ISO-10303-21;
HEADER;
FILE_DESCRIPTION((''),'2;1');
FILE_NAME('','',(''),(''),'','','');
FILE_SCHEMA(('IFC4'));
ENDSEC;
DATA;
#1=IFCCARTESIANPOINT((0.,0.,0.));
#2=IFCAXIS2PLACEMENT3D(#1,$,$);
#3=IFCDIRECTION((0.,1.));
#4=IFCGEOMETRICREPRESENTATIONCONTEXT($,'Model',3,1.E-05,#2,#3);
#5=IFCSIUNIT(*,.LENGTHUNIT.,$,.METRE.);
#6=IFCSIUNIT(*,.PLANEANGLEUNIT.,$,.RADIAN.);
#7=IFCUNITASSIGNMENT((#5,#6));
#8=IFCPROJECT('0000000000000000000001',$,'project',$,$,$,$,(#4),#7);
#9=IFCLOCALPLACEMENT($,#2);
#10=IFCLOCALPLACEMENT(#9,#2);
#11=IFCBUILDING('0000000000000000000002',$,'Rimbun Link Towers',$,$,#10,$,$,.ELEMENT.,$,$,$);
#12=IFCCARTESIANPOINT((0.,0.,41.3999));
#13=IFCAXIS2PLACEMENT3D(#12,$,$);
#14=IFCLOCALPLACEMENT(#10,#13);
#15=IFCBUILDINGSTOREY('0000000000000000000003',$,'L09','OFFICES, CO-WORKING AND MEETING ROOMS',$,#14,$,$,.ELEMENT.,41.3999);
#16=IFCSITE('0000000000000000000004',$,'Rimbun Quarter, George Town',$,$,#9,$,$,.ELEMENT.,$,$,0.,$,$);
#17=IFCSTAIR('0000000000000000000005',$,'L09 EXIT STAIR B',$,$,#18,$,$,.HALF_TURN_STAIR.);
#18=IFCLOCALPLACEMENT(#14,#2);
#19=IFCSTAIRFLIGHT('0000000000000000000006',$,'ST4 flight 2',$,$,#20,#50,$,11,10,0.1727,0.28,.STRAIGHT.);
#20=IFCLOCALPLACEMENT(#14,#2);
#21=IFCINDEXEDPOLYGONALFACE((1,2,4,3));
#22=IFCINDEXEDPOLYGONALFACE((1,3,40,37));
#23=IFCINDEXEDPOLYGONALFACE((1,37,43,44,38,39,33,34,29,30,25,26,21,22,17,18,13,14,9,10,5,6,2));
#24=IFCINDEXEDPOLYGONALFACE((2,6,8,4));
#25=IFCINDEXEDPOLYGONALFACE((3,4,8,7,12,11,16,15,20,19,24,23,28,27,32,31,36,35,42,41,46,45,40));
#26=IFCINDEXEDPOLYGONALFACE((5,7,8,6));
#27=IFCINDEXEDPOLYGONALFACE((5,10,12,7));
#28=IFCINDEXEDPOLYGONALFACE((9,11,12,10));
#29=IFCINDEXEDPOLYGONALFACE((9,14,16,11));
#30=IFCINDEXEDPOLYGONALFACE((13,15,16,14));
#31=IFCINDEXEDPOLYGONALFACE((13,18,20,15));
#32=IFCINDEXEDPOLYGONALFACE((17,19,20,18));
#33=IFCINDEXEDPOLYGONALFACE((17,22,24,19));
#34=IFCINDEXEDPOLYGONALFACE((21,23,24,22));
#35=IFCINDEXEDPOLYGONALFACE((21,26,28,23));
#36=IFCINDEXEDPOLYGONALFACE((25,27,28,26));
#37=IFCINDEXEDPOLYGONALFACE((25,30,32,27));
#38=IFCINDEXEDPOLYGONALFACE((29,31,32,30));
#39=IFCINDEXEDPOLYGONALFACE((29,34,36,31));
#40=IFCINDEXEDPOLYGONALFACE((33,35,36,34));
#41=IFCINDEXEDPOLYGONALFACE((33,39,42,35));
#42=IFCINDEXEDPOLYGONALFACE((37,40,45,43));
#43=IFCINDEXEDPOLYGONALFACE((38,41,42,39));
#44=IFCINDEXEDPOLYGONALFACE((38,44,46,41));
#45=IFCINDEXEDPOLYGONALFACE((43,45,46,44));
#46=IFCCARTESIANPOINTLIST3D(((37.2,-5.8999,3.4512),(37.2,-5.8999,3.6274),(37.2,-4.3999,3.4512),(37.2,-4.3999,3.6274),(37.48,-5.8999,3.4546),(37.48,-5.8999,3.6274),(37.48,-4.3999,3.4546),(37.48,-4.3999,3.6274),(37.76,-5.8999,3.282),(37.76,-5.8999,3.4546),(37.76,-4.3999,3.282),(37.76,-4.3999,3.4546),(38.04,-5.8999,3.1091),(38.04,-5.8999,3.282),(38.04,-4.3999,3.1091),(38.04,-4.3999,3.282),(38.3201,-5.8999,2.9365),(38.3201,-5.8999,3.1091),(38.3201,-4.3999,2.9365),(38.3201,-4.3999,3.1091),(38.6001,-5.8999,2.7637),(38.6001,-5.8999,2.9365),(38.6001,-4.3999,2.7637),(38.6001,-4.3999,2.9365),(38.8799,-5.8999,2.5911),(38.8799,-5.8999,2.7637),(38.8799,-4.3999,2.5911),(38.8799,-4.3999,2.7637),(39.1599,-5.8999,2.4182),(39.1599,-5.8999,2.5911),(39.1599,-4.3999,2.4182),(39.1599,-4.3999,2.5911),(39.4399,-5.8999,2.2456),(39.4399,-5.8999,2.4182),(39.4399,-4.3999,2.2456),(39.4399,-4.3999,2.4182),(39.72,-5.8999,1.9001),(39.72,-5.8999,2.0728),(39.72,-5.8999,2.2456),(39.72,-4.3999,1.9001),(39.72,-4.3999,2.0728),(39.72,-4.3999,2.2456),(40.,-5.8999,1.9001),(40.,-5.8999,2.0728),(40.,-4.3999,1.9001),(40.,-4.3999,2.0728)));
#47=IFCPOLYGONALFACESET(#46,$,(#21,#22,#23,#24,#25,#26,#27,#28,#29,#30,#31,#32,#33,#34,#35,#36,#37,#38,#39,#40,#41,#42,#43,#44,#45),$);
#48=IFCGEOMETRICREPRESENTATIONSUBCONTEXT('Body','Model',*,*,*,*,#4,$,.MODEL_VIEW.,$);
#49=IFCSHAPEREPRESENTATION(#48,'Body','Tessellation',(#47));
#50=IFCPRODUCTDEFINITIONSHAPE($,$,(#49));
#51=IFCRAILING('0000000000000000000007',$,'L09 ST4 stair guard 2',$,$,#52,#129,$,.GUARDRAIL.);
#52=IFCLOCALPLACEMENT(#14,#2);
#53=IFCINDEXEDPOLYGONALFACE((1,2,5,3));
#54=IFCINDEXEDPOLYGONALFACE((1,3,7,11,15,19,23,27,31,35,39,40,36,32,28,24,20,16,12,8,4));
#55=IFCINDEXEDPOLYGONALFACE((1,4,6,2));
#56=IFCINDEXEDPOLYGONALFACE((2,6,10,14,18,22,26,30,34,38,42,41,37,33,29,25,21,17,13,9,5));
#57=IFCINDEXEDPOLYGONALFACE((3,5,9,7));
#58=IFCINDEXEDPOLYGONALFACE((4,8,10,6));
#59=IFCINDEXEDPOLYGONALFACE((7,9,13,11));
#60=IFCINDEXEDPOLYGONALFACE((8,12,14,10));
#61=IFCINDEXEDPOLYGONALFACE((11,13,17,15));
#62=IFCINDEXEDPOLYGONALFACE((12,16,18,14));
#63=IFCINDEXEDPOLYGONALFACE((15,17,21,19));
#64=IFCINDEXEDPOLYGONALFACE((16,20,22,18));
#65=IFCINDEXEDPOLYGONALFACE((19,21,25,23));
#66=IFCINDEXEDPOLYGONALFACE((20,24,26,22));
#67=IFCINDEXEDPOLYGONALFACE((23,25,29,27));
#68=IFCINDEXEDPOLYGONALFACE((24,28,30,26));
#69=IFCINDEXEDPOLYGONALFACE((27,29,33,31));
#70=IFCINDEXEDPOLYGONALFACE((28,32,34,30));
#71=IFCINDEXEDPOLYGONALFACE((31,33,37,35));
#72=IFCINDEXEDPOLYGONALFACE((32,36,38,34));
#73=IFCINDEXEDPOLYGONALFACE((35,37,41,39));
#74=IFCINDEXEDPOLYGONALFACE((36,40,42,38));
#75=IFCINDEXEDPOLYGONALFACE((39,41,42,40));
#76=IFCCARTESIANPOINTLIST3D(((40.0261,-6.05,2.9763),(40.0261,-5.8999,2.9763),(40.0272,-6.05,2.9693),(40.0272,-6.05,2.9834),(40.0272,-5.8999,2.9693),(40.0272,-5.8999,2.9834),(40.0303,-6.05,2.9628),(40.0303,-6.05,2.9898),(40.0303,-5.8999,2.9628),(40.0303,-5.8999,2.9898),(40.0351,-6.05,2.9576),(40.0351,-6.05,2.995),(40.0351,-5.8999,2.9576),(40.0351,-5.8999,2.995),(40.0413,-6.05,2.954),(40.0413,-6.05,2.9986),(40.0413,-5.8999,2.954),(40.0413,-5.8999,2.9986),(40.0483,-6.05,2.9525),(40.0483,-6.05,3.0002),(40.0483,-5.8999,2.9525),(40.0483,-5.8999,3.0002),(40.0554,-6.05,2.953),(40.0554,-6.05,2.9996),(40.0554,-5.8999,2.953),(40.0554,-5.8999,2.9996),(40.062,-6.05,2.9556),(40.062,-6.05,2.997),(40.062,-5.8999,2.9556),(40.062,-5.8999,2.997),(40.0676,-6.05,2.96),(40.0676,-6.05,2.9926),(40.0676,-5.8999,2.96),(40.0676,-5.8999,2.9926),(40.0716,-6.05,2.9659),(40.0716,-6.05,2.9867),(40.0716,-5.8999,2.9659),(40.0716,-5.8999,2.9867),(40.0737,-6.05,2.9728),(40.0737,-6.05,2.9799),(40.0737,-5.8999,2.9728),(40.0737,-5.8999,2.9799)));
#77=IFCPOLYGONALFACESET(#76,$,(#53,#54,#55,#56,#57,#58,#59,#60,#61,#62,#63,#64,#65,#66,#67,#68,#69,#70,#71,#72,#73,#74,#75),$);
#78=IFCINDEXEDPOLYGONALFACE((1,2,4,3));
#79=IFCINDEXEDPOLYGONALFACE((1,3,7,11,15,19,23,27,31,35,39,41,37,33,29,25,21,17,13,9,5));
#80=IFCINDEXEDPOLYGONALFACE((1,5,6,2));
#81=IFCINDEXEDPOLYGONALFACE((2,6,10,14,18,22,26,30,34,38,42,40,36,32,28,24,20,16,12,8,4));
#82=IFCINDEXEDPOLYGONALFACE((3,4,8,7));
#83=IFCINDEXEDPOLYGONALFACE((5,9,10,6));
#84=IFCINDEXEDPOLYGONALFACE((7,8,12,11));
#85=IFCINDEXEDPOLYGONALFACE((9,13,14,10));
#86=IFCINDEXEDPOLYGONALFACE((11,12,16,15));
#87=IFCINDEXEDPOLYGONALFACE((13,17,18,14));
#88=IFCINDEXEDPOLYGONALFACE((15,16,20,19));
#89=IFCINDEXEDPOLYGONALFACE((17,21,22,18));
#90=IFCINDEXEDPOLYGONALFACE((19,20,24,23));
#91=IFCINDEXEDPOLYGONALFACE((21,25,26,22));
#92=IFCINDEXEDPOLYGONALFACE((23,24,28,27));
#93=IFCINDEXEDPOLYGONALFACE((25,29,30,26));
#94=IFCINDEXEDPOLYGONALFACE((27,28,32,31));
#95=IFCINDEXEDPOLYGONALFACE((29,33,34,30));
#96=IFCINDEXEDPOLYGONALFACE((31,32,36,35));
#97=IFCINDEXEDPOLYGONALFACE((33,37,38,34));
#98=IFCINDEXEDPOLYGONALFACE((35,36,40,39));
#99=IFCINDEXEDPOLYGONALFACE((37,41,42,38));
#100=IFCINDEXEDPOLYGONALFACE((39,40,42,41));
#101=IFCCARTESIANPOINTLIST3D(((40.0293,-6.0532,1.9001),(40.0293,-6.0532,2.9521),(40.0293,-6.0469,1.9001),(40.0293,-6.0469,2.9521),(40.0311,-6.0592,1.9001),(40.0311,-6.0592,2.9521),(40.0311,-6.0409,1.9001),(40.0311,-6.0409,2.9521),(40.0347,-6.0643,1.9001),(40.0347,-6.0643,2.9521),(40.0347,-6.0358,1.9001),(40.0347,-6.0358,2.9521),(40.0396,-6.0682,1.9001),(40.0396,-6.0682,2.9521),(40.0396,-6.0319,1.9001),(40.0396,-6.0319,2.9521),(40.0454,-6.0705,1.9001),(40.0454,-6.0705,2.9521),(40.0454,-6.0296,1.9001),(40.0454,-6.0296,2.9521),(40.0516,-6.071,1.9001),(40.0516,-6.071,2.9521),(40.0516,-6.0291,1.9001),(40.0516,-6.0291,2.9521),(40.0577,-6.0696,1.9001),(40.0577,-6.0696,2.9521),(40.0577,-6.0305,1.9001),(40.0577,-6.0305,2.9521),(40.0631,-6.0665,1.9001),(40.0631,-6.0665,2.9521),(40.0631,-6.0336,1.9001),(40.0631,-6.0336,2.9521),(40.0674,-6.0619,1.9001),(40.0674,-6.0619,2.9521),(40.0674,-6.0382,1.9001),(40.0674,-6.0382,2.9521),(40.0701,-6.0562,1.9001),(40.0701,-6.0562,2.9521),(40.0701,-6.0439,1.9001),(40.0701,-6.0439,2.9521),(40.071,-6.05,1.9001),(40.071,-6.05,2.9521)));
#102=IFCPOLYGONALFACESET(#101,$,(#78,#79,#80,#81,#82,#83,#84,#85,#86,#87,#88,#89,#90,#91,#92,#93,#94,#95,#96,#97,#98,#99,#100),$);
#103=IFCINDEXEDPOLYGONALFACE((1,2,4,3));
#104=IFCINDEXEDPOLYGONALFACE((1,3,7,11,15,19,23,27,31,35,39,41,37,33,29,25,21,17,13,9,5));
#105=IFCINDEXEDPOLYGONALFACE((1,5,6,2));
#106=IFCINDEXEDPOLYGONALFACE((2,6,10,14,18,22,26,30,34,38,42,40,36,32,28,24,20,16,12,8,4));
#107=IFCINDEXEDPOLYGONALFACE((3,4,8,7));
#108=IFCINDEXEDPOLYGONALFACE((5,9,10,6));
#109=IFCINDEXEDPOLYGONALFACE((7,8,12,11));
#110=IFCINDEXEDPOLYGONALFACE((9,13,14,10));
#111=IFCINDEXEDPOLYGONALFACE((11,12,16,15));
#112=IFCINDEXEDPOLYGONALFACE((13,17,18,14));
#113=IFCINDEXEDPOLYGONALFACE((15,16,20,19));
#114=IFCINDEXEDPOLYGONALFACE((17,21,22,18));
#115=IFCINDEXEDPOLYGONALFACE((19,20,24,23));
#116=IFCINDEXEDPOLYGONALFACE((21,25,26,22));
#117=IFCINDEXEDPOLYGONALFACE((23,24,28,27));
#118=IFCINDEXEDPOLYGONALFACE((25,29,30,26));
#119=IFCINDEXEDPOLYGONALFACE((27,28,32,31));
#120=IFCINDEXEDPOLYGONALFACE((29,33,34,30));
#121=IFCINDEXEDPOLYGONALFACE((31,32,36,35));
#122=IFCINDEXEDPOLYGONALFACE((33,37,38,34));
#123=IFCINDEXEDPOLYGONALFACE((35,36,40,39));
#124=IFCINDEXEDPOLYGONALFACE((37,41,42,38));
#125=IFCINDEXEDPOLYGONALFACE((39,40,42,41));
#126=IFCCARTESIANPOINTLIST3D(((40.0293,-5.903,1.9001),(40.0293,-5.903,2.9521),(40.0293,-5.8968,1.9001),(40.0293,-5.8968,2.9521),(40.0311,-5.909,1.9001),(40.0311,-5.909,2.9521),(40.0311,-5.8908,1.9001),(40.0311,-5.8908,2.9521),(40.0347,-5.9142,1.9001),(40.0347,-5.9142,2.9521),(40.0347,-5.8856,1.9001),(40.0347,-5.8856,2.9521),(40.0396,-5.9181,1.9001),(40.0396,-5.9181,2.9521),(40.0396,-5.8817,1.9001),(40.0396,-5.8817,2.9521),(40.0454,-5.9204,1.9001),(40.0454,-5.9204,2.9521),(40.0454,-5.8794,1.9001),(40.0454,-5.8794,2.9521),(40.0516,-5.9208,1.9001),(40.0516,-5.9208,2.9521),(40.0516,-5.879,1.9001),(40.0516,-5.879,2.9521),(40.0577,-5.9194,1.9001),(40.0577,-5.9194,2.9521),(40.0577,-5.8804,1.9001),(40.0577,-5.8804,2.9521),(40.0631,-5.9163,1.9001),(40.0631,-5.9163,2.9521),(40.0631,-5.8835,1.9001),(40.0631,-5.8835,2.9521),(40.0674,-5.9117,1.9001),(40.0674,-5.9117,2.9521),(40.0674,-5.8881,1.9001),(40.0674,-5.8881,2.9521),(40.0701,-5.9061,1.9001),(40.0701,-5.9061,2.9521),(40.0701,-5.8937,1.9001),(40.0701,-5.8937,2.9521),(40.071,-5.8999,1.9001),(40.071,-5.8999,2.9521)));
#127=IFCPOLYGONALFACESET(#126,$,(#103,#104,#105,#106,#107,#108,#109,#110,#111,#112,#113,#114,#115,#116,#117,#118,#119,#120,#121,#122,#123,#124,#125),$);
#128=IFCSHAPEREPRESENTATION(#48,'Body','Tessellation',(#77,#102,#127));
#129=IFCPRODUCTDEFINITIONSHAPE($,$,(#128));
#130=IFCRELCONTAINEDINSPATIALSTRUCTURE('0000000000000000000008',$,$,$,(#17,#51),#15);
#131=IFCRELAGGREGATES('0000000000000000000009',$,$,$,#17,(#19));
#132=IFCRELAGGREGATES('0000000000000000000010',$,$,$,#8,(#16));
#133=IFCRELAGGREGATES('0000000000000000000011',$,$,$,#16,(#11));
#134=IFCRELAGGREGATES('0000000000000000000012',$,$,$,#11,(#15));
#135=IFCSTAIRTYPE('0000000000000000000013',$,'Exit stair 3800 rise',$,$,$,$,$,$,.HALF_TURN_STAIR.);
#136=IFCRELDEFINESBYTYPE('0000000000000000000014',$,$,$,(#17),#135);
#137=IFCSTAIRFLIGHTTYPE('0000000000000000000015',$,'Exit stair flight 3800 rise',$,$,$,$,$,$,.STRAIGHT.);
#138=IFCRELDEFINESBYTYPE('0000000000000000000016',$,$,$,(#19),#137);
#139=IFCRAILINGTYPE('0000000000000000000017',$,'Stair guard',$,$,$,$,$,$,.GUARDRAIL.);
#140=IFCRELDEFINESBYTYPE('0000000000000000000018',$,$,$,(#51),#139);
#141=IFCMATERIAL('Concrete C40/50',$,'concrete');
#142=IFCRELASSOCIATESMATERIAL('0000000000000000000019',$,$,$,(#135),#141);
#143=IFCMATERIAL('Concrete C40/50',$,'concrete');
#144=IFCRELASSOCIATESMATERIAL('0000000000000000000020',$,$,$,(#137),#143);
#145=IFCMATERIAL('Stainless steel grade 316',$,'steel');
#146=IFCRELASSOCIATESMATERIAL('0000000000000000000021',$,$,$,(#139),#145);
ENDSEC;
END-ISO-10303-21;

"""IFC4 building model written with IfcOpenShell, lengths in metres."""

from ifc_helpers import new_model, si_unit, direction, frame, origin, origin_2d, place, context, subcontext, project, spatial, polyline, circle, outline, extrude, material, type_object, element, aggregate, save


model = new_model("IFC4")

# Units and contexts
model_context = context("Model", 3, precision=1e-05, world=origin(), true_north=direction((0.0, 1.0)))
body_context = subcontext(model_context, "Body", "Model", "MODEL_VIEW")
ifc_project = project(units=[si_unit("LENGTHUNIT", "METRE"), si_unit("PLANEANGLEUNIT", "RADIAN")], contexts=[model_context])

# Site, building, storey
site_placement = place(None, origin())
site = spatial("IfcSite", under=ifc_project, at=site_placement, Name="Rimbun Quarter, George Town", CompositionType="ELEMENT", RefElevation=0.0)
building_placement = place(site_placement, origin())
building = spatial("IfcBuilding", under=site, at=building_placement, Name="Rimbun Link Towers", CompositionType="ELEMENT")
storey_placement = place(building_placement, frame((0.0, 0.0, 41.3999)))
storey = spatial("IfcBuildingStorey", under=building, at=storey_placement, Name="L09", Description="OFFICES, CO-WORKING AND MEETING ROOMS", CompositionType="ELEMENT", Elevation=41.3999)

# Stair, stair flight
ifc_material_1 = material(Name="Concrete C40/50", Category="concrete")
stair_type = type_object("IfcStairType", Name="Exit stair 3800 rise", PredefinedType="HALF_TURN_STAIR", material=ifc_material_1)
stair_placement = place(storey_placement, origin())
stair = element("IfcStair", 1, at=stair_placement, inside=storey, type_object=stair_type, Name="L09 EXIT STAIR B", PredefinedType="HALF_TURN_STAIR")
ifc_material_2 = material(Name="Concrete C40/50", Category="concrete")
stair_flight_type = type_object("IfcStairFlightType", Name="Exit stair flight 3800 rise", PredefinedType="STRAIGHT", material=ifc_material_2)
stair_flight_placement = place(storey_placement, frame((40.0, -5.1499, 1.9001), z_axis=(0.0, 0.0, 1.0), x_axis=(-1.0, 0.0, 0.0)))
stair_flight = element("IfcStairFlight", 2, at=stair_flight_placement, type_object=stair_flight_type, Name="ST4 flight 2", NumberOfRisers=11, NumberOfTreads=10, PredefinedType="STRAIGHT", RiserHeight=0.1727, TreadLength=0.28, context=body_context, shape_type="SweptSolid", body=[
    extrude(outline(polyline([(0.0, 0.0), (0.0, 0.1726), (0.28, 0.1726), (0.28, 0.3455), (0.5601, 0.3455), (0.5601, 0.5181), (0.8401, 0.5181), (0.8401, 0.6909), (1.1201, 0.6909), (1.1201, 0.8635), (1.3999, 0.8635), (1.3999, 1.0364), (1.6799, 1.0364), (1.6799, 1.209), (1.96, 1.209), (1.96, 1.3818), (2.24, 1.3818), (2.24, 1.5544), (2.52, 1.5544), (2.52, 1.7273), (2.8, 1.7273), (2.8, 1.8999), (2.8, 1.551), (0.28, 0.0), (0.0, 0.0)])), frame((0.0, 0.75, 0.0), z_axis=(0.0, -1.0, 0.0), x_axis=(1.0, 0.0, 0.0)), (0.0, 0.0, 1.0), 1.5),
])
aggregate(stair, [stair_flight])

# Railing
ifc_material_3 = material(Name="Stainless steel grade 316", Category="steel")
railing_type_1 = type_object("IfcRailingType", Name="Stair guard", PredefinedType="GUARDRAIL", material=ifc_material_3)
railing_1_placement = place(storey_placement, frame((40.05, -6.05, 1.9001)))
element("IfcRailing", 3, at=railing_1_placement, inside=storey, type_object=railing_type_1, Name="L09 ST4 stair guard 2", PredefinedType="GUARDRAIL", context=body_context, shape_type="SweptSolid", body=[
    extrude(circle(Radius=0.0239, at=origin_2d()), frame((0.0, 0.0, 1.0762), z_axis=(0.0, 1.0, 0.0), x_axis=(-1.0, 0.0, 0.0)), (0.0, 0.0, 1.0), 0.1501),
    extrude(circle(Radius=0.021, at=origin_2d()), origin(), (0.0, 0.0, 1.0), 1.052),
    extrude(circle(Radius=0.021, at=origin_2d()), frame((0.0, 0.1501, 0.0)), (0.0, 0.0, 1.0), 1.052),
])

save(model, "model.ifc")
